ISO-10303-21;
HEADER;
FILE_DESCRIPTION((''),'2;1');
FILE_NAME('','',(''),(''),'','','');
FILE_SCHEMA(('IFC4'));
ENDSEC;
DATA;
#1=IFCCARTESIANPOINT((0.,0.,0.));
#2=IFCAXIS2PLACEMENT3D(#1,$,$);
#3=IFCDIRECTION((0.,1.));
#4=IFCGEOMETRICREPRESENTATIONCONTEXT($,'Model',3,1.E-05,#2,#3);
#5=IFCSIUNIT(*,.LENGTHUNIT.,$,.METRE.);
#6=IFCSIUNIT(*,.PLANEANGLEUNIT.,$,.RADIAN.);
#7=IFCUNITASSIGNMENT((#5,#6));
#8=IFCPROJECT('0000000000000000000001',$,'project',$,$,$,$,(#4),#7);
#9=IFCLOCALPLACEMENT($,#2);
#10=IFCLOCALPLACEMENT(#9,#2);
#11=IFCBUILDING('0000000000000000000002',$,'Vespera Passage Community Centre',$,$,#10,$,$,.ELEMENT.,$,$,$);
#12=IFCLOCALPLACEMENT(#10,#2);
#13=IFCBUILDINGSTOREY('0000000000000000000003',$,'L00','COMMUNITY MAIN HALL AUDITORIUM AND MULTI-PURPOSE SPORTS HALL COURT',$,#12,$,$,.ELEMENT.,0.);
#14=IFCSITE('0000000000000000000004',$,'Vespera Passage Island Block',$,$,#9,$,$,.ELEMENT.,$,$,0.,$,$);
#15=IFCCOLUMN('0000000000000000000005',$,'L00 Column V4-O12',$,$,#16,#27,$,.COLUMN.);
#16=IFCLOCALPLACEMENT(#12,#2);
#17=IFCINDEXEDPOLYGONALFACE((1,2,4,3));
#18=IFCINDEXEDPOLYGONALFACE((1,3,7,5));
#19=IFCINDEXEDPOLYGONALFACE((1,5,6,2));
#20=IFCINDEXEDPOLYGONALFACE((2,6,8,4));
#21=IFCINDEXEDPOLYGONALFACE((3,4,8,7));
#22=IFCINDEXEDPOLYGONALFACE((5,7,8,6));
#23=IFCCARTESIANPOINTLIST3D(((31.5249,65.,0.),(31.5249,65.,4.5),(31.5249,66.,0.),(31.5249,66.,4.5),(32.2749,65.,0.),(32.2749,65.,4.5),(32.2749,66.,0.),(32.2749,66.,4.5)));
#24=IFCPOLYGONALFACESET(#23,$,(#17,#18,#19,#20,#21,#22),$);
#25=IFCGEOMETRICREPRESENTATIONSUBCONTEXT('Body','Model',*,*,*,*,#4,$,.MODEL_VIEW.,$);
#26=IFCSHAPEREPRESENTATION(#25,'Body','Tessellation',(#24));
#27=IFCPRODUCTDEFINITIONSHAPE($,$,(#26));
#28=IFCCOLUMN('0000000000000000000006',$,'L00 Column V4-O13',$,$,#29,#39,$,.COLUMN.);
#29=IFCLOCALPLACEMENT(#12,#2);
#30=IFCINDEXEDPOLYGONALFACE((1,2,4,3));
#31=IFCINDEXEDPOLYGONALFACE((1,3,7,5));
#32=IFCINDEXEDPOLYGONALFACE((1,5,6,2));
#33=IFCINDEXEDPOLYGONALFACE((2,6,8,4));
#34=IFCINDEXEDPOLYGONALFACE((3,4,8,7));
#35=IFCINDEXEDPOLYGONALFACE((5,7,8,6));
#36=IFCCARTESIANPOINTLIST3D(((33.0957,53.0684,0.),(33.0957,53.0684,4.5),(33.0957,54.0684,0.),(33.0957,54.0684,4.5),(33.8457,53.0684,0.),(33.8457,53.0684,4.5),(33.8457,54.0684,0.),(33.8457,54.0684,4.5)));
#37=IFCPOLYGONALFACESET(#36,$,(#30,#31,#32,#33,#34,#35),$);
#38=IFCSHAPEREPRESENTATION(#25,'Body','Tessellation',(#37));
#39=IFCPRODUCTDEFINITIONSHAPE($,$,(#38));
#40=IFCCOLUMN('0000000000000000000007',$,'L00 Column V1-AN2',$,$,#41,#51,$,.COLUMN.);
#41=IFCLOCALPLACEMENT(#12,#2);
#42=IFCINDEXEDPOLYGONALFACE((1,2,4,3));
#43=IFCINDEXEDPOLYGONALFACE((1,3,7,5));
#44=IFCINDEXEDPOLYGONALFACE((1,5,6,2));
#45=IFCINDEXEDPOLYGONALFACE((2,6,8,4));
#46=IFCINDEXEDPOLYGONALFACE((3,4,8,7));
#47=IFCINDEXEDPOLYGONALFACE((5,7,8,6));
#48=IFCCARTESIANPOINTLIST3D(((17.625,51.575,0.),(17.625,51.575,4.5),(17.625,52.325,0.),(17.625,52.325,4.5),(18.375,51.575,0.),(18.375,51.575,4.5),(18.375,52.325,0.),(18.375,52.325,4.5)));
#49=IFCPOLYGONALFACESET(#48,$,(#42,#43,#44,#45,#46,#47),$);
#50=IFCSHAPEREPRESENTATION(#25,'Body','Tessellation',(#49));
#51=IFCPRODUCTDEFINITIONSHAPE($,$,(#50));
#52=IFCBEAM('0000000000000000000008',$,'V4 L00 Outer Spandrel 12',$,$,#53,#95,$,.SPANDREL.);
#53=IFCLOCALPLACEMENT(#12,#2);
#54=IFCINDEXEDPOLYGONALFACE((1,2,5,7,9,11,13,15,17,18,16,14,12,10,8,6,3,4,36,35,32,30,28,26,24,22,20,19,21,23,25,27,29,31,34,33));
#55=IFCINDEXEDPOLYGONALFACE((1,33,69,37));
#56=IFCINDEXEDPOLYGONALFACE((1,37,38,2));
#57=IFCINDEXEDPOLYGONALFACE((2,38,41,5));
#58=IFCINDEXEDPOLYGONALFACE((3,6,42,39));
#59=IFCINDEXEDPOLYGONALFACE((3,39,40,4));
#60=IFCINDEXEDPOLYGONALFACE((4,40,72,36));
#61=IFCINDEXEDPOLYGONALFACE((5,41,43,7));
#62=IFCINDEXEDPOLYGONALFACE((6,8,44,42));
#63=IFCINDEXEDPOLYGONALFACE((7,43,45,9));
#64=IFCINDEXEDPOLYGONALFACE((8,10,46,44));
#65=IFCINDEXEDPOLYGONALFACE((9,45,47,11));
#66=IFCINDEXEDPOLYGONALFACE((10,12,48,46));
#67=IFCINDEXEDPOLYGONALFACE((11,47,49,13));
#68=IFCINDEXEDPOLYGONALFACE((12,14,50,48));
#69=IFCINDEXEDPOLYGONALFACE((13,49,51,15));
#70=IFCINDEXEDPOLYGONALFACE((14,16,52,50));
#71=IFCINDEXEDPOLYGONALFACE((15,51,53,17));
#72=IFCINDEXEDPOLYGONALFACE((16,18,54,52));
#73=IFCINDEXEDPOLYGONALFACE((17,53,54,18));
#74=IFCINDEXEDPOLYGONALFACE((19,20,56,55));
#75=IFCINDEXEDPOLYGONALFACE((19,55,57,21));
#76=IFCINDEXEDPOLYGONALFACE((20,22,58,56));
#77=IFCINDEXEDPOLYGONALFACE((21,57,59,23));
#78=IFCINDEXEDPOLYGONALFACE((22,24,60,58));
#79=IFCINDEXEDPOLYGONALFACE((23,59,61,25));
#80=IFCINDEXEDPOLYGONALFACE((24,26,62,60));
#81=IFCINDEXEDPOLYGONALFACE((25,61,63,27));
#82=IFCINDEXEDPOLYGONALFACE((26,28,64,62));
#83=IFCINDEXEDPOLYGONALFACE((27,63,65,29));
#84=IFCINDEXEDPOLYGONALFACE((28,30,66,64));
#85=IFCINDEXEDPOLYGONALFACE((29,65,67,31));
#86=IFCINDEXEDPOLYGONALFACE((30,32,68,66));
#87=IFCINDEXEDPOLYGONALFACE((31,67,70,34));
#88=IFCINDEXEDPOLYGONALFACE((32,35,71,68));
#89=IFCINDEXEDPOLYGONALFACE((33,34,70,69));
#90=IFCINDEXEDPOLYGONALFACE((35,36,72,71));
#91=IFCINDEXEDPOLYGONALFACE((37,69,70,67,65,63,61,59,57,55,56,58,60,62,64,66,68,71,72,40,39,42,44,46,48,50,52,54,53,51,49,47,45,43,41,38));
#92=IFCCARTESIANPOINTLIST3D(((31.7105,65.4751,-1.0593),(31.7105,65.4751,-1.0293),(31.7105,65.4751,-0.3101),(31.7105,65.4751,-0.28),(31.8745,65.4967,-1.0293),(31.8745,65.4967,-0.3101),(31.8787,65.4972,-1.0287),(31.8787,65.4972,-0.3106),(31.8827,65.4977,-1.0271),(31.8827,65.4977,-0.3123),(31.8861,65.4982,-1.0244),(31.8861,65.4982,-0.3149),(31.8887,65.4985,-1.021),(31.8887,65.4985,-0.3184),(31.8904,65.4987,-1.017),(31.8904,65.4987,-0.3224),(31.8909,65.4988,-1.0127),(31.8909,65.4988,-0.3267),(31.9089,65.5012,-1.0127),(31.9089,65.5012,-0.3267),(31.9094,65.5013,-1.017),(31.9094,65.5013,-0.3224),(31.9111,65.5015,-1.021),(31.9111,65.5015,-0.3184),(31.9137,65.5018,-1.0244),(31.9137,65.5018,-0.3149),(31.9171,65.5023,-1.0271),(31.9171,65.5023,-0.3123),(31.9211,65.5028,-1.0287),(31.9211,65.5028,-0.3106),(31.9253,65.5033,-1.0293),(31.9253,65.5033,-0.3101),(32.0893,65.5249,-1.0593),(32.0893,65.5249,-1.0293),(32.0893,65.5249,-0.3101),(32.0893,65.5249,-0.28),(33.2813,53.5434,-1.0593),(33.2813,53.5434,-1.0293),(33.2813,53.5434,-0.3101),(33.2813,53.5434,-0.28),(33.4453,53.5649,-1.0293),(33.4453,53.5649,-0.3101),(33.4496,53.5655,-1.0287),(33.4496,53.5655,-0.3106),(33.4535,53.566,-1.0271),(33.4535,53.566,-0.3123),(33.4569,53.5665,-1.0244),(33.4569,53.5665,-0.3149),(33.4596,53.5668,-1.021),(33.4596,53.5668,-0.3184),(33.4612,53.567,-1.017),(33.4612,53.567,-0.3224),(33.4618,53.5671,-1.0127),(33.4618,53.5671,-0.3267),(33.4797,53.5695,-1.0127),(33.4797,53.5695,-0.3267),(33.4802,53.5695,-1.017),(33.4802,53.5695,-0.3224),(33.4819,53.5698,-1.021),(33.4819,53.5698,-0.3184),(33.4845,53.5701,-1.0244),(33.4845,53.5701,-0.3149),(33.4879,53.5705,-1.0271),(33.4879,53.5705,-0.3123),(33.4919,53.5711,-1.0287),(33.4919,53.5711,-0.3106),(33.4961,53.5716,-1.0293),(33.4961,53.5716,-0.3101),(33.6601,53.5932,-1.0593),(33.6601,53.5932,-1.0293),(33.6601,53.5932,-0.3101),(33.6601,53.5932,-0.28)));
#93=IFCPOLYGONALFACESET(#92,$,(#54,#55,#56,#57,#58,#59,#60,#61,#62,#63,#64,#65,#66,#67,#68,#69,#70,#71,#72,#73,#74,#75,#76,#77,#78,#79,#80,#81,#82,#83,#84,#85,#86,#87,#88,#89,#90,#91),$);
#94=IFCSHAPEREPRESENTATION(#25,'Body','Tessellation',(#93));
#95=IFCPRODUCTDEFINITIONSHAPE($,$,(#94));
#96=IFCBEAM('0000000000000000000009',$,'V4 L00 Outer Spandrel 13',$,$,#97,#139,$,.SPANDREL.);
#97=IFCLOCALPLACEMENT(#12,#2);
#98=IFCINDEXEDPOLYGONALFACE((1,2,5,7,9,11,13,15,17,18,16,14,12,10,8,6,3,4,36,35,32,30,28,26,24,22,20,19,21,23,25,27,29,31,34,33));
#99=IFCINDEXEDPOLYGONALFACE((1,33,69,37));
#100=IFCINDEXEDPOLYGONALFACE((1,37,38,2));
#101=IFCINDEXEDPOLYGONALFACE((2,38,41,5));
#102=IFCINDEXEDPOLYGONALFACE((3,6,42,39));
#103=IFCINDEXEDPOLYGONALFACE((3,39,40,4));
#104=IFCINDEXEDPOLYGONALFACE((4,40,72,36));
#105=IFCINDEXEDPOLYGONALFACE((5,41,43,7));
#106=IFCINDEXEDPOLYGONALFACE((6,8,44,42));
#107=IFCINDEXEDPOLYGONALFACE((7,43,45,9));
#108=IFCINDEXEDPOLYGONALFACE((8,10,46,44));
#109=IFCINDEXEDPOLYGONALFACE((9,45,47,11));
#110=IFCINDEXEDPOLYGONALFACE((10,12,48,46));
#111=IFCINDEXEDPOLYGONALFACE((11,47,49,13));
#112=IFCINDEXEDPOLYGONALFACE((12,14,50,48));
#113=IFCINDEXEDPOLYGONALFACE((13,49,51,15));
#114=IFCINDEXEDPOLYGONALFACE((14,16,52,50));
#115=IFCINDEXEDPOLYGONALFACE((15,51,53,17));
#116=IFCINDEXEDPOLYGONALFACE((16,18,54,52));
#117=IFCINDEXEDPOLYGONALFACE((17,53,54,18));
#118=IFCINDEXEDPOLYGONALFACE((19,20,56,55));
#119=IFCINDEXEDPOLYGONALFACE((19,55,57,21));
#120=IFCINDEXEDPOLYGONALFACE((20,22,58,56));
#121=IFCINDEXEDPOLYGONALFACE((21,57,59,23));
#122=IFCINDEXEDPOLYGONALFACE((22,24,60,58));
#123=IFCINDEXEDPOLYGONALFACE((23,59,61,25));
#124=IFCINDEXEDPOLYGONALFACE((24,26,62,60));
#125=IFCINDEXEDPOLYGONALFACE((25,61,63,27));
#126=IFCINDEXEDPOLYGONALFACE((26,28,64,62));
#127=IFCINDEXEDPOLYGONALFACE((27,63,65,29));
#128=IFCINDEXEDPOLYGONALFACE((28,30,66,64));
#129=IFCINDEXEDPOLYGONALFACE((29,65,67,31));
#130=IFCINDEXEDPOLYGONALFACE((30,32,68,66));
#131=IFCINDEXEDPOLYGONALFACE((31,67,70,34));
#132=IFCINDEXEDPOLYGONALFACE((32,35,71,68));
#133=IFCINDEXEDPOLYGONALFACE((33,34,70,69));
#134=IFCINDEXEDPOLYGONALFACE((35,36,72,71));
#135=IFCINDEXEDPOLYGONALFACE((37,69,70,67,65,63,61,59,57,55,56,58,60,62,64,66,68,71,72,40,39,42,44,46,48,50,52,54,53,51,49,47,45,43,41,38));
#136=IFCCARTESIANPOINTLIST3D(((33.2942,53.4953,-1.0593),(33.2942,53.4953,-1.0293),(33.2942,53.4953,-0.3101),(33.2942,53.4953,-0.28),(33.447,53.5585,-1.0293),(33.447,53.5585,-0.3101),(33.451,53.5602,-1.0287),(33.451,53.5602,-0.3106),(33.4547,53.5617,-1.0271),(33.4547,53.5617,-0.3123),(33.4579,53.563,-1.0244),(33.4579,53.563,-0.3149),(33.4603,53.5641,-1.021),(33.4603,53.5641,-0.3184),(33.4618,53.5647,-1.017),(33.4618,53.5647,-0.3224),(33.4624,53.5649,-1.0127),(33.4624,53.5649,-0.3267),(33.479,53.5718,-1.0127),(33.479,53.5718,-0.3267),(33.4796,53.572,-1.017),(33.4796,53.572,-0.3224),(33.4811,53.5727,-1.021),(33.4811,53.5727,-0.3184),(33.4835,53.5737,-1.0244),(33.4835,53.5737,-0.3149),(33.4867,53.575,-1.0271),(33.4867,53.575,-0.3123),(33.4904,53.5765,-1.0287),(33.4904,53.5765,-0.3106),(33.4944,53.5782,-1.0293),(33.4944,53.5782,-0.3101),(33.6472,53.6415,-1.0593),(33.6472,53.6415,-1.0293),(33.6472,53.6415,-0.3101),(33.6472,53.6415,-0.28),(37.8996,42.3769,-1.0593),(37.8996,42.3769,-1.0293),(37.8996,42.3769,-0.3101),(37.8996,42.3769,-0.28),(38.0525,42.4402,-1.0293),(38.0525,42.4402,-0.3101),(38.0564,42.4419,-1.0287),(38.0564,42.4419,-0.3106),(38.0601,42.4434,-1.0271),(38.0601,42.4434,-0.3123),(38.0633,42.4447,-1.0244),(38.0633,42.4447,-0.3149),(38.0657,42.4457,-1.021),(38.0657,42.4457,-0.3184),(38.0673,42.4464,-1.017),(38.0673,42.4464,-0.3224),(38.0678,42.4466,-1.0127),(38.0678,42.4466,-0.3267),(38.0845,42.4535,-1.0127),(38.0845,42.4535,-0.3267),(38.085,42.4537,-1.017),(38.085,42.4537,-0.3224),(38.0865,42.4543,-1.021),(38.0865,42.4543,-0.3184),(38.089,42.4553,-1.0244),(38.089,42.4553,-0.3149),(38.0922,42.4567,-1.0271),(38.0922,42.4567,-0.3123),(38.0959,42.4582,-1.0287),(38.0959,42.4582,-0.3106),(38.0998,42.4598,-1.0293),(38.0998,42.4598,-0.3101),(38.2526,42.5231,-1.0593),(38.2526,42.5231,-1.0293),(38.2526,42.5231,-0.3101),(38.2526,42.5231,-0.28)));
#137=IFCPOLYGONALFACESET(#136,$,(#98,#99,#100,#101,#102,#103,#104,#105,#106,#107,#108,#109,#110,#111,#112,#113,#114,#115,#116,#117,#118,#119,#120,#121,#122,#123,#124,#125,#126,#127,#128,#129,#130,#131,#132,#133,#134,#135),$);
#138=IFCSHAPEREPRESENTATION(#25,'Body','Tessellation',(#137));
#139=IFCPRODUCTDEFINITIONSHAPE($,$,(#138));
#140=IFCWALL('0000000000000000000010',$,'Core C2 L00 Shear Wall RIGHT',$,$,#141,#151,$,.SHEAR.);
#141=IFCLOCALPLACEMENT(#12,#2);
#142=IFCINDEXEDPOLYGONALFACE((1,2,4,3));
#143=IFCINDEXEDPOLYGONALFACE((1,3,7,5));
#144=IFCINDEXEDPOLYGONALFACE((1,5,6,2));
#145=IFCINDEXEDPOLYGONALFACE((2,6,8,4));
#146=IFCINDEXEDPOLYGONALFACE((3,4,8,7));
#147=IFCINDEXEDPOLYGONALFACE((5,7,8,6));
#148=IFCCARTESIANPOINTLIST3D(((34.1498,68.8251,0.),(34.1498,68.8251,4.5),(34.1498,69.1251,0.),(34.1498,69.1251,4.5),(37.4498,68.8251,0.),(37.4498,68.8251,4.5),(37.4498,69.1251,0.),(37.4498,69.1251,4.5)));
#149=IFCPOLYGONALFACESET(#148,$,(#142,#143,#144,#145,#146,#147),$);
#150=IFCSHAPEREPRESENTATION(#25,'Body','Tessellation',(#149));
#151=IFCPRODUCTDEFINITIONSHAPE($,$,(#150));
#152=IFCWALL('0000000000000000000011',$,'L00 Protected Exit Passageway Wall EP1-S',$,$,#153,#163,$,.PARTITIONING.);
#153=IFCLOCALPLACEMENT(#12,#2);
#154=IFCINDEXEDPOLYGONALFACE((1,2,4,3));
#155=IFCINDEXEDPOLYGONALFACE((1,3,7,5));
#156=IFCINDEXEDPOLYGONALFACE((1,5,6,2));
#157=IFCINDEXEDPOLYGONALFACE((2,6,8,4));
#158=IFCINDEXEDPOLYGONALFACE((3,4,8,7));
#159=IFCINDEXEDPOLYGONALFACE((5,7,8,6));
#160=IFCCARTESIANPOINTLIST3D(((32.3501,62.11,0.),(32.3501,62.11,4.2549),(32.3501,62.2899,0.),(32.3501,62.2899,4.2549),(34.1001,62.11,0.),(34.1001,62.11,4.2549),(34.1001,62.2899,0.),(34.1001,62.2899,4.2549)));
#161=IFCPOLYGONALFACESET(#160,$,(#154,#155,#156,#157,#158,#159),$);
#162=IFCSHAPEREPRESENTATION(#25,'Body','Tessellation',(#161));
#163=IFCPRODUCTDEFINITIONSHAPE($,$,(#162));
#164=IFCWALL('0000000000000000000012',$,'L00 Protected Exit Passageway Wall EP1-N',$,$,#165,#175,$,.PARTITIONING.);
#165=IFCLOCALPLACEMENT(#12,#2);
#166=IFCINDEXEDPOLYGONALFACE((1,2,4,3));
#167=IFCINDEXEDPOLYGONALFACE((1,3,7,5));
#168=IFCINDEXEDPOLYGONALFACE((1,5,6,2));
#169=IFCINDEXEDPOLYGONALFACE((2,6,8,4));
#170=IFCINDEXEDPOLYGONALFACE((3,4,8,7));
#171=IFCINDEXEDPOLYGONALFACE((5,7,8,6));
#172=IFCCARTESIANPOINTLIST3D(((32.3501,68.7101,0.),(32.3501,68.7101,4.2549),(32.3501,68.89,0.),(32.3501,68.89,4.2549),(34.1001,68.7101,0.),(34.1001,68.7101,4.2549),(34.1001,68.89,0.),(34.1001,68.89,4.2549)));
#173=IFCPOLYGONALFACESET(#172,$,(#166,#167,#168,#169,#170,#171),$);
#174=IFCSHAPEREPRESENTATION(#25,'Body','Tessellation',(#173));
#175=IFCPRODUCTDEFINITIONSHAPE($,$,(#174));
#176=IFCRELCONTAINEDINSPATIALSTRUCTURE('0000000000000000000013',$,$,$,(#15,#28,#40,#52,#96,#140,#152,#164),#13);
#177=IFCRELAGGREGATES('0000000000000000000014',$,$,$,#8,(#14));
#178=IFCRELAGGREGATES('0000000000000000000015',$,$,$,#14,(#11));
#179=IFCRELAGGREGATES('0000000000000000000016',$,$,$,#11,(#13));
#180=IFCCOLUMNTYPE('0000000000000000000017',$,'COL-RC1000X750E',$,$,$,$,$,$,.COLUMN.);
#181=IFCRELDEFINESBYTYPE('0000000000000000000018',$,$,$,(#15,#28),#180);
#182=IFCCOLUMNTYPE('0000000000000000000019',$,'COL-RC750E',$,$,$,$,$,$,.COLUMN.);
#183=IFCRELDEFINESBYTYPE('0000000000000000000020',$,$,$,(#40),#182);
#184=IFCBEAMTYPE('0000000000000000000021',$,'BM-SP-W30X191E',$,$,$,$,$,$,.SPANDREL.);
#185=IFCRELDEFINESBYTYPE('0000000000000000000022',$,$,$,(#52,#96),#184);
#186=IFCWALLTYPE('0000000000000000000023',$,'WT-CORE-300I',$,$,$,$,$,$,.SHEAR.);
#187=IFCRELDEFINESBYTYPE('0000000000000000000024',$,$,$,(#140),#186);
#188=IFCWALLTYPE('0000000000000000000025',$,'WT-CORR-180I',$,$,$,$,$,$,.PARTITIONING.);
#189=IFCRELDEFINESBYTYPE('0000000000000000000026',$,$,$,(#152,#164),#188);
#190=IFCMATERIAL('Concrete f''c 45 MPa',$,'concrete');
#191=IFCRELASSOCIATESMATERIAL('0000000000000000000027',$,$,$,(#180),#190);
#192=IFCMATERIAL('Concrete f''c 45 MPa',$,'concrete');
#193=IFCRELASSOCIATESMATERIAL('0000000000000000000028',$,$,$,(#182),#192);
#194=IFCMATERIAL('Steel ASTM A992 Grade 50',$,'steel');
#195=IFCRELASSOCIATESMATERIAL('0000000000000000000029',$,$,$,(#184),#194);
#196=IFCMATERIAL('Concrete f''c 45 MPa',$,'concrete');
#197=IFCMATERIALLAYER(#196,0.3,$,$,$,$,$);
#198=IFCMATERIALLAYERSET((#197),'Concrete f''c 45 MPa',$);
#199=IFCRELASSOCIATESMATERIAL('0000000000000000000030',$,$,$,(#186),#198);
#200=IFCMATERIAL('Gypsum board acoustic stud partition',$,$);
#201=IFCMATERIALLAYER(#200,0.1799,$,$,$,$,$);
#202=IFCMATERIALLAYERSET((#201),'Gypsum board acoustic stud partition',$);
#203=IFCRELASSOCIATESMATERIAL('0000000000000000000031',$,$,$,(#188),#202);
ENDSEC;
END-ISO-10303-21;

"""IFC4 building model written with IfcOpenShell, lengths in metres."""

from ifc_helpers import new_model, si_unit, direction, frame, frame_2d, origin, origin_2d, place, context, subcontext, project, spatial, rectangle, i_section, extrude, material, layer, layer_set, material_profile, profile_set, type_object, element, save


model = new_model("IFC4")

# Units and contexts
model_context = context("Model", 3, precision=1e-05, world=origin(), true_north=direction((0.0, 1.0)))
body_context = subcontext(model_context, "Body", "Model", "MODEL_VIEW")
ifc_project = project(units=[si_unit("LENGTHUNIT", "METRE"), si_unit("PLANEANGLEUNIT", "RADIAN")], contexts=[model_context])

# Site, building, storey
site_placement = place(None, origin())
site = spatial("IfcSite", under=ifc_project, at=site_placement, Name="Vespera Passage Island Block", CompositionType="ELEMENT", RefElevation=0.0)
building_placement = place(site_placement, origin())
building = spatial("IfcBuilding", under=site, at=building_placement, Name="Vespera Passage Community Centre", CompositionType="ELEMENT")
storey_placement = place(building_placement, origin())
storey = spatial("IfcBuildingStorey", under=building, at=storey_placement, Name="L00", Description="COMMUNITY MAIN HALL AUDITORIUM AND MULTI-PURPOSE SPORTS HALL COURT", CompositionType="ELEMENT", Elevation=0.0)

# Columns
ifc_material_1 = material(Name="Concrete f'c 45 MPa", Category="concrete")
ifc_material_profile_1 = material_profile(ifc_material_1, rectangle(XDim=0.75, YDim=1.0, at=origin_2d()), Name="RC1000X750")
ifc_profile_set_1 = profile_set([ifc_material_profile_1], Name="Concrete f'c 45 MPa")
column_type_1 = type_object("IfcColumnType", Name="COL-RC1000X750E", PredefinedType="COLUMN", material=ifc_profile_set_1)
for number, where, z_axis, x_axis, name in (
    (1, (31.8999, 65.5, 0.0), (0.0, 0.0, 1.0), (1.0, 0.0, 0.0), "L00 Column V4-O12"),
    (2, (33.4707, 53.5684, 0.0), (0.0, 0.0, 1.0), (1.0, 0.0, 0.0), "L00 Column V4-O13"),
):
    element("IfcColumn", number, at=place(storey_placement, frame(where, z_axis=z_axis, x_axis=x_axis)), inside=storey, type_object=column_type_1, Name=name, PredefinedType="COLUMN", context=body_context, shape_type="SweptSolid", body=[
        extrude(rectangle(XDim=0.75, YDim=1.0, at=origin_2d()), origin(), (0.0, 0.0, 1.0), 4.5),
    ])
ifc_material_2 = material(Name="Concrete f'c 45 MPa", Category="concrete")
ifc_material_profile_2 = material_profile(ifc_material_2, rectangle(XDim=0.75, YDim=0.75, at=origin_2d()), Name="RC750X750")
ifc_profile_set_2 = profile_set([ifc_material_profile_2], Name="Concrete f'c 45 MPa")
column_type_2 = type_object("IfcColumnType", Name="COL-RC750E", PredefinedType="COLUMN", material=ifc_profile_set_2)
column_placement = place(storey_placement, frame((18.0, 51.95, 0.0), z_axis=(0.0, 0.0, 1.0), x_axis=(1.0, 0.0, 0.0)))
element("IfcColumn", 3, at=column_placement, inside=storey, type_object=column_type_2, Name="L00 Column V1-AN2", PredefinedType="COLUMN", context=body_context, shape_type="SweptSolid", body=[
    extrude(rectangle(XDim=0.75, YDim=0.75, at=origin_2d()), origin(), (0.0, 0.0, 1.0), 4.5),
])

# Beams
ifc_material_3 = material(Name="Steel ASTM A992 Grade 50", Category="steel")
ifc_material_profile_3 = material_profile(ifc_material_3, i_section(OverallWidth=0.3821, OverallDepth=0.7793, WebThickness=0.0181, FlangeThickness=0.03, FilletRadius=0.0166, at=origin_2d()), Name="W30X191")
ifc_profile_set_3 = profile_set([ifc_material_profile_3], Name="Steel ASTM A992 Grade 50")
beam_type = type_object("IfcBeamType", Name="BM-SP-W30X191E", PredefinedType="SPANDREL", material=ifc_profile_set_3)
beam_1_placement = place(storey_placement, frame((31.8999, 65.5, -0.6697), z_axis=(0.130524, -0.991445, 0.0), x_axis=(0.991445, 0.130524, 0.0)))
element("IfcBeam", 4, at=beam_1_placement, inside=storey, type_object=beam_type, Name="V4 L00 Outer Spandrel 12", PredefinedType="SPANDREL", context=body_context, shape_type="SweptSolid", body=[
    extrude(i_section(OverallWidth=0.3821, OverallDepth=0.7793, WebThickness=0.0181, FlangeThickness=0.03, FilletRadius=0.0166, at=origin_2d()), origin(), (0.0, 0.0, 1.0), 12.0347),
])
beam_2_placement = place(storey_placement, frame((33.4707, 53.5684, -0.6697), z_axis=(0.382689, -0.923877, 0.0), x_axis=(0.923877, 0.382689, 0.0)))
element("IfcBeam", 5, at=beam_2_placement, inside=storey, type_object=beam_type, Name="V4 L00 Outer Spandrel 13", PredefinedType="SPANDREL", context=body_context, shape_type="SweptSolid", body=[
    extrude(i_section(OverallWidth=0.3821, OverallDepth=0.7793, WebThickness=0.0181, FlangeThickness=0.03, FilletRadius=0.0166, at=origin_2d()), origin(), (0.0, 0.0, 1.0), 12.0344),
])

# Shared definitions
ifc_material_4 = material(Name="Concrete f'c 45 MPa", Category="concrete")
ifc_layer_1 = layer(ifc_material_4, 0.3)
ifc_layer_set_1 = layer_set([ifc_layer_1], Name="Concrete f'c 45 MPa")
wall_type_1 = type_object("IfcWallType", Name="WT-CORE-300I", PredefinedType="SHEAR", material=ifc_layer_set_1)

# Walls
wall_1_placement = place(storey_placement, frame((34.1499, 68.9751, 0.0), z_axis=(0.0, 0.0, 1.0), x_axis=(1.0, 0.0, 0.0)))
element("IfcWall", 6, at=wall_1_placement, inside=storey, type_object=wall_type_1, Name="Core C2 L00 Shear Wall RIGHT", PredefinedType="SHEAR", context=body_context, shape_type="SweptSolid", body=[
    extrude(rectangle(XDim=3.3, YDim=0.3, at=frame_2d((1.6499, 0.0))), origin(), (0.0, 0.0, 1.0), 4.5),
])
ifc_material_5 = material(Name="Gypsum board acoustic stud partition")
ifc_layer_2 = layer(ifc_material_5, 0.1799)
ifc_layer_set_2 = layer_set([ifc_layer_2], Name="Gypsum board acoustic stud partition")
wall_type_2 = type_object("IfcWallType", Name="WT-CORR-180I", PredefinedType="PARTITIONING", material=ifc_layer_set_2)
for number, where, z_axis, x_axis, name in (
    (7, (32.3501, 62.2, 0.0), (0.0, 0.0, 1.0), (1.0, 0.0, 0.0), "L00 Protected Exit Passageway Wall EP1-S"),
    (8, (32.3501, 68.8, 0.0), (0.0, 0.0, 1.0), (1.0, 0.0, 0.0), "L00 Protected Exit Passageway Wall EP1-N"),
):
    element("IfcWall", number, at=place(storey_placement, frame(where, z_axis=z_axis, x_axis=x_axis)), inside=storey, type_object=wall_type_2, Name=name, PredefinedType="PARTITIONING", context=body_context, shape_type="SweptSolid", body=[
        extrude(rectangle(XDim=1.75, YDim=0.1799, at=frame_2d((0.875, 0.0))), origin(), (0.0, 0.0, 1.0), 4.2549),
    ])

save(model, "model.ifc")
